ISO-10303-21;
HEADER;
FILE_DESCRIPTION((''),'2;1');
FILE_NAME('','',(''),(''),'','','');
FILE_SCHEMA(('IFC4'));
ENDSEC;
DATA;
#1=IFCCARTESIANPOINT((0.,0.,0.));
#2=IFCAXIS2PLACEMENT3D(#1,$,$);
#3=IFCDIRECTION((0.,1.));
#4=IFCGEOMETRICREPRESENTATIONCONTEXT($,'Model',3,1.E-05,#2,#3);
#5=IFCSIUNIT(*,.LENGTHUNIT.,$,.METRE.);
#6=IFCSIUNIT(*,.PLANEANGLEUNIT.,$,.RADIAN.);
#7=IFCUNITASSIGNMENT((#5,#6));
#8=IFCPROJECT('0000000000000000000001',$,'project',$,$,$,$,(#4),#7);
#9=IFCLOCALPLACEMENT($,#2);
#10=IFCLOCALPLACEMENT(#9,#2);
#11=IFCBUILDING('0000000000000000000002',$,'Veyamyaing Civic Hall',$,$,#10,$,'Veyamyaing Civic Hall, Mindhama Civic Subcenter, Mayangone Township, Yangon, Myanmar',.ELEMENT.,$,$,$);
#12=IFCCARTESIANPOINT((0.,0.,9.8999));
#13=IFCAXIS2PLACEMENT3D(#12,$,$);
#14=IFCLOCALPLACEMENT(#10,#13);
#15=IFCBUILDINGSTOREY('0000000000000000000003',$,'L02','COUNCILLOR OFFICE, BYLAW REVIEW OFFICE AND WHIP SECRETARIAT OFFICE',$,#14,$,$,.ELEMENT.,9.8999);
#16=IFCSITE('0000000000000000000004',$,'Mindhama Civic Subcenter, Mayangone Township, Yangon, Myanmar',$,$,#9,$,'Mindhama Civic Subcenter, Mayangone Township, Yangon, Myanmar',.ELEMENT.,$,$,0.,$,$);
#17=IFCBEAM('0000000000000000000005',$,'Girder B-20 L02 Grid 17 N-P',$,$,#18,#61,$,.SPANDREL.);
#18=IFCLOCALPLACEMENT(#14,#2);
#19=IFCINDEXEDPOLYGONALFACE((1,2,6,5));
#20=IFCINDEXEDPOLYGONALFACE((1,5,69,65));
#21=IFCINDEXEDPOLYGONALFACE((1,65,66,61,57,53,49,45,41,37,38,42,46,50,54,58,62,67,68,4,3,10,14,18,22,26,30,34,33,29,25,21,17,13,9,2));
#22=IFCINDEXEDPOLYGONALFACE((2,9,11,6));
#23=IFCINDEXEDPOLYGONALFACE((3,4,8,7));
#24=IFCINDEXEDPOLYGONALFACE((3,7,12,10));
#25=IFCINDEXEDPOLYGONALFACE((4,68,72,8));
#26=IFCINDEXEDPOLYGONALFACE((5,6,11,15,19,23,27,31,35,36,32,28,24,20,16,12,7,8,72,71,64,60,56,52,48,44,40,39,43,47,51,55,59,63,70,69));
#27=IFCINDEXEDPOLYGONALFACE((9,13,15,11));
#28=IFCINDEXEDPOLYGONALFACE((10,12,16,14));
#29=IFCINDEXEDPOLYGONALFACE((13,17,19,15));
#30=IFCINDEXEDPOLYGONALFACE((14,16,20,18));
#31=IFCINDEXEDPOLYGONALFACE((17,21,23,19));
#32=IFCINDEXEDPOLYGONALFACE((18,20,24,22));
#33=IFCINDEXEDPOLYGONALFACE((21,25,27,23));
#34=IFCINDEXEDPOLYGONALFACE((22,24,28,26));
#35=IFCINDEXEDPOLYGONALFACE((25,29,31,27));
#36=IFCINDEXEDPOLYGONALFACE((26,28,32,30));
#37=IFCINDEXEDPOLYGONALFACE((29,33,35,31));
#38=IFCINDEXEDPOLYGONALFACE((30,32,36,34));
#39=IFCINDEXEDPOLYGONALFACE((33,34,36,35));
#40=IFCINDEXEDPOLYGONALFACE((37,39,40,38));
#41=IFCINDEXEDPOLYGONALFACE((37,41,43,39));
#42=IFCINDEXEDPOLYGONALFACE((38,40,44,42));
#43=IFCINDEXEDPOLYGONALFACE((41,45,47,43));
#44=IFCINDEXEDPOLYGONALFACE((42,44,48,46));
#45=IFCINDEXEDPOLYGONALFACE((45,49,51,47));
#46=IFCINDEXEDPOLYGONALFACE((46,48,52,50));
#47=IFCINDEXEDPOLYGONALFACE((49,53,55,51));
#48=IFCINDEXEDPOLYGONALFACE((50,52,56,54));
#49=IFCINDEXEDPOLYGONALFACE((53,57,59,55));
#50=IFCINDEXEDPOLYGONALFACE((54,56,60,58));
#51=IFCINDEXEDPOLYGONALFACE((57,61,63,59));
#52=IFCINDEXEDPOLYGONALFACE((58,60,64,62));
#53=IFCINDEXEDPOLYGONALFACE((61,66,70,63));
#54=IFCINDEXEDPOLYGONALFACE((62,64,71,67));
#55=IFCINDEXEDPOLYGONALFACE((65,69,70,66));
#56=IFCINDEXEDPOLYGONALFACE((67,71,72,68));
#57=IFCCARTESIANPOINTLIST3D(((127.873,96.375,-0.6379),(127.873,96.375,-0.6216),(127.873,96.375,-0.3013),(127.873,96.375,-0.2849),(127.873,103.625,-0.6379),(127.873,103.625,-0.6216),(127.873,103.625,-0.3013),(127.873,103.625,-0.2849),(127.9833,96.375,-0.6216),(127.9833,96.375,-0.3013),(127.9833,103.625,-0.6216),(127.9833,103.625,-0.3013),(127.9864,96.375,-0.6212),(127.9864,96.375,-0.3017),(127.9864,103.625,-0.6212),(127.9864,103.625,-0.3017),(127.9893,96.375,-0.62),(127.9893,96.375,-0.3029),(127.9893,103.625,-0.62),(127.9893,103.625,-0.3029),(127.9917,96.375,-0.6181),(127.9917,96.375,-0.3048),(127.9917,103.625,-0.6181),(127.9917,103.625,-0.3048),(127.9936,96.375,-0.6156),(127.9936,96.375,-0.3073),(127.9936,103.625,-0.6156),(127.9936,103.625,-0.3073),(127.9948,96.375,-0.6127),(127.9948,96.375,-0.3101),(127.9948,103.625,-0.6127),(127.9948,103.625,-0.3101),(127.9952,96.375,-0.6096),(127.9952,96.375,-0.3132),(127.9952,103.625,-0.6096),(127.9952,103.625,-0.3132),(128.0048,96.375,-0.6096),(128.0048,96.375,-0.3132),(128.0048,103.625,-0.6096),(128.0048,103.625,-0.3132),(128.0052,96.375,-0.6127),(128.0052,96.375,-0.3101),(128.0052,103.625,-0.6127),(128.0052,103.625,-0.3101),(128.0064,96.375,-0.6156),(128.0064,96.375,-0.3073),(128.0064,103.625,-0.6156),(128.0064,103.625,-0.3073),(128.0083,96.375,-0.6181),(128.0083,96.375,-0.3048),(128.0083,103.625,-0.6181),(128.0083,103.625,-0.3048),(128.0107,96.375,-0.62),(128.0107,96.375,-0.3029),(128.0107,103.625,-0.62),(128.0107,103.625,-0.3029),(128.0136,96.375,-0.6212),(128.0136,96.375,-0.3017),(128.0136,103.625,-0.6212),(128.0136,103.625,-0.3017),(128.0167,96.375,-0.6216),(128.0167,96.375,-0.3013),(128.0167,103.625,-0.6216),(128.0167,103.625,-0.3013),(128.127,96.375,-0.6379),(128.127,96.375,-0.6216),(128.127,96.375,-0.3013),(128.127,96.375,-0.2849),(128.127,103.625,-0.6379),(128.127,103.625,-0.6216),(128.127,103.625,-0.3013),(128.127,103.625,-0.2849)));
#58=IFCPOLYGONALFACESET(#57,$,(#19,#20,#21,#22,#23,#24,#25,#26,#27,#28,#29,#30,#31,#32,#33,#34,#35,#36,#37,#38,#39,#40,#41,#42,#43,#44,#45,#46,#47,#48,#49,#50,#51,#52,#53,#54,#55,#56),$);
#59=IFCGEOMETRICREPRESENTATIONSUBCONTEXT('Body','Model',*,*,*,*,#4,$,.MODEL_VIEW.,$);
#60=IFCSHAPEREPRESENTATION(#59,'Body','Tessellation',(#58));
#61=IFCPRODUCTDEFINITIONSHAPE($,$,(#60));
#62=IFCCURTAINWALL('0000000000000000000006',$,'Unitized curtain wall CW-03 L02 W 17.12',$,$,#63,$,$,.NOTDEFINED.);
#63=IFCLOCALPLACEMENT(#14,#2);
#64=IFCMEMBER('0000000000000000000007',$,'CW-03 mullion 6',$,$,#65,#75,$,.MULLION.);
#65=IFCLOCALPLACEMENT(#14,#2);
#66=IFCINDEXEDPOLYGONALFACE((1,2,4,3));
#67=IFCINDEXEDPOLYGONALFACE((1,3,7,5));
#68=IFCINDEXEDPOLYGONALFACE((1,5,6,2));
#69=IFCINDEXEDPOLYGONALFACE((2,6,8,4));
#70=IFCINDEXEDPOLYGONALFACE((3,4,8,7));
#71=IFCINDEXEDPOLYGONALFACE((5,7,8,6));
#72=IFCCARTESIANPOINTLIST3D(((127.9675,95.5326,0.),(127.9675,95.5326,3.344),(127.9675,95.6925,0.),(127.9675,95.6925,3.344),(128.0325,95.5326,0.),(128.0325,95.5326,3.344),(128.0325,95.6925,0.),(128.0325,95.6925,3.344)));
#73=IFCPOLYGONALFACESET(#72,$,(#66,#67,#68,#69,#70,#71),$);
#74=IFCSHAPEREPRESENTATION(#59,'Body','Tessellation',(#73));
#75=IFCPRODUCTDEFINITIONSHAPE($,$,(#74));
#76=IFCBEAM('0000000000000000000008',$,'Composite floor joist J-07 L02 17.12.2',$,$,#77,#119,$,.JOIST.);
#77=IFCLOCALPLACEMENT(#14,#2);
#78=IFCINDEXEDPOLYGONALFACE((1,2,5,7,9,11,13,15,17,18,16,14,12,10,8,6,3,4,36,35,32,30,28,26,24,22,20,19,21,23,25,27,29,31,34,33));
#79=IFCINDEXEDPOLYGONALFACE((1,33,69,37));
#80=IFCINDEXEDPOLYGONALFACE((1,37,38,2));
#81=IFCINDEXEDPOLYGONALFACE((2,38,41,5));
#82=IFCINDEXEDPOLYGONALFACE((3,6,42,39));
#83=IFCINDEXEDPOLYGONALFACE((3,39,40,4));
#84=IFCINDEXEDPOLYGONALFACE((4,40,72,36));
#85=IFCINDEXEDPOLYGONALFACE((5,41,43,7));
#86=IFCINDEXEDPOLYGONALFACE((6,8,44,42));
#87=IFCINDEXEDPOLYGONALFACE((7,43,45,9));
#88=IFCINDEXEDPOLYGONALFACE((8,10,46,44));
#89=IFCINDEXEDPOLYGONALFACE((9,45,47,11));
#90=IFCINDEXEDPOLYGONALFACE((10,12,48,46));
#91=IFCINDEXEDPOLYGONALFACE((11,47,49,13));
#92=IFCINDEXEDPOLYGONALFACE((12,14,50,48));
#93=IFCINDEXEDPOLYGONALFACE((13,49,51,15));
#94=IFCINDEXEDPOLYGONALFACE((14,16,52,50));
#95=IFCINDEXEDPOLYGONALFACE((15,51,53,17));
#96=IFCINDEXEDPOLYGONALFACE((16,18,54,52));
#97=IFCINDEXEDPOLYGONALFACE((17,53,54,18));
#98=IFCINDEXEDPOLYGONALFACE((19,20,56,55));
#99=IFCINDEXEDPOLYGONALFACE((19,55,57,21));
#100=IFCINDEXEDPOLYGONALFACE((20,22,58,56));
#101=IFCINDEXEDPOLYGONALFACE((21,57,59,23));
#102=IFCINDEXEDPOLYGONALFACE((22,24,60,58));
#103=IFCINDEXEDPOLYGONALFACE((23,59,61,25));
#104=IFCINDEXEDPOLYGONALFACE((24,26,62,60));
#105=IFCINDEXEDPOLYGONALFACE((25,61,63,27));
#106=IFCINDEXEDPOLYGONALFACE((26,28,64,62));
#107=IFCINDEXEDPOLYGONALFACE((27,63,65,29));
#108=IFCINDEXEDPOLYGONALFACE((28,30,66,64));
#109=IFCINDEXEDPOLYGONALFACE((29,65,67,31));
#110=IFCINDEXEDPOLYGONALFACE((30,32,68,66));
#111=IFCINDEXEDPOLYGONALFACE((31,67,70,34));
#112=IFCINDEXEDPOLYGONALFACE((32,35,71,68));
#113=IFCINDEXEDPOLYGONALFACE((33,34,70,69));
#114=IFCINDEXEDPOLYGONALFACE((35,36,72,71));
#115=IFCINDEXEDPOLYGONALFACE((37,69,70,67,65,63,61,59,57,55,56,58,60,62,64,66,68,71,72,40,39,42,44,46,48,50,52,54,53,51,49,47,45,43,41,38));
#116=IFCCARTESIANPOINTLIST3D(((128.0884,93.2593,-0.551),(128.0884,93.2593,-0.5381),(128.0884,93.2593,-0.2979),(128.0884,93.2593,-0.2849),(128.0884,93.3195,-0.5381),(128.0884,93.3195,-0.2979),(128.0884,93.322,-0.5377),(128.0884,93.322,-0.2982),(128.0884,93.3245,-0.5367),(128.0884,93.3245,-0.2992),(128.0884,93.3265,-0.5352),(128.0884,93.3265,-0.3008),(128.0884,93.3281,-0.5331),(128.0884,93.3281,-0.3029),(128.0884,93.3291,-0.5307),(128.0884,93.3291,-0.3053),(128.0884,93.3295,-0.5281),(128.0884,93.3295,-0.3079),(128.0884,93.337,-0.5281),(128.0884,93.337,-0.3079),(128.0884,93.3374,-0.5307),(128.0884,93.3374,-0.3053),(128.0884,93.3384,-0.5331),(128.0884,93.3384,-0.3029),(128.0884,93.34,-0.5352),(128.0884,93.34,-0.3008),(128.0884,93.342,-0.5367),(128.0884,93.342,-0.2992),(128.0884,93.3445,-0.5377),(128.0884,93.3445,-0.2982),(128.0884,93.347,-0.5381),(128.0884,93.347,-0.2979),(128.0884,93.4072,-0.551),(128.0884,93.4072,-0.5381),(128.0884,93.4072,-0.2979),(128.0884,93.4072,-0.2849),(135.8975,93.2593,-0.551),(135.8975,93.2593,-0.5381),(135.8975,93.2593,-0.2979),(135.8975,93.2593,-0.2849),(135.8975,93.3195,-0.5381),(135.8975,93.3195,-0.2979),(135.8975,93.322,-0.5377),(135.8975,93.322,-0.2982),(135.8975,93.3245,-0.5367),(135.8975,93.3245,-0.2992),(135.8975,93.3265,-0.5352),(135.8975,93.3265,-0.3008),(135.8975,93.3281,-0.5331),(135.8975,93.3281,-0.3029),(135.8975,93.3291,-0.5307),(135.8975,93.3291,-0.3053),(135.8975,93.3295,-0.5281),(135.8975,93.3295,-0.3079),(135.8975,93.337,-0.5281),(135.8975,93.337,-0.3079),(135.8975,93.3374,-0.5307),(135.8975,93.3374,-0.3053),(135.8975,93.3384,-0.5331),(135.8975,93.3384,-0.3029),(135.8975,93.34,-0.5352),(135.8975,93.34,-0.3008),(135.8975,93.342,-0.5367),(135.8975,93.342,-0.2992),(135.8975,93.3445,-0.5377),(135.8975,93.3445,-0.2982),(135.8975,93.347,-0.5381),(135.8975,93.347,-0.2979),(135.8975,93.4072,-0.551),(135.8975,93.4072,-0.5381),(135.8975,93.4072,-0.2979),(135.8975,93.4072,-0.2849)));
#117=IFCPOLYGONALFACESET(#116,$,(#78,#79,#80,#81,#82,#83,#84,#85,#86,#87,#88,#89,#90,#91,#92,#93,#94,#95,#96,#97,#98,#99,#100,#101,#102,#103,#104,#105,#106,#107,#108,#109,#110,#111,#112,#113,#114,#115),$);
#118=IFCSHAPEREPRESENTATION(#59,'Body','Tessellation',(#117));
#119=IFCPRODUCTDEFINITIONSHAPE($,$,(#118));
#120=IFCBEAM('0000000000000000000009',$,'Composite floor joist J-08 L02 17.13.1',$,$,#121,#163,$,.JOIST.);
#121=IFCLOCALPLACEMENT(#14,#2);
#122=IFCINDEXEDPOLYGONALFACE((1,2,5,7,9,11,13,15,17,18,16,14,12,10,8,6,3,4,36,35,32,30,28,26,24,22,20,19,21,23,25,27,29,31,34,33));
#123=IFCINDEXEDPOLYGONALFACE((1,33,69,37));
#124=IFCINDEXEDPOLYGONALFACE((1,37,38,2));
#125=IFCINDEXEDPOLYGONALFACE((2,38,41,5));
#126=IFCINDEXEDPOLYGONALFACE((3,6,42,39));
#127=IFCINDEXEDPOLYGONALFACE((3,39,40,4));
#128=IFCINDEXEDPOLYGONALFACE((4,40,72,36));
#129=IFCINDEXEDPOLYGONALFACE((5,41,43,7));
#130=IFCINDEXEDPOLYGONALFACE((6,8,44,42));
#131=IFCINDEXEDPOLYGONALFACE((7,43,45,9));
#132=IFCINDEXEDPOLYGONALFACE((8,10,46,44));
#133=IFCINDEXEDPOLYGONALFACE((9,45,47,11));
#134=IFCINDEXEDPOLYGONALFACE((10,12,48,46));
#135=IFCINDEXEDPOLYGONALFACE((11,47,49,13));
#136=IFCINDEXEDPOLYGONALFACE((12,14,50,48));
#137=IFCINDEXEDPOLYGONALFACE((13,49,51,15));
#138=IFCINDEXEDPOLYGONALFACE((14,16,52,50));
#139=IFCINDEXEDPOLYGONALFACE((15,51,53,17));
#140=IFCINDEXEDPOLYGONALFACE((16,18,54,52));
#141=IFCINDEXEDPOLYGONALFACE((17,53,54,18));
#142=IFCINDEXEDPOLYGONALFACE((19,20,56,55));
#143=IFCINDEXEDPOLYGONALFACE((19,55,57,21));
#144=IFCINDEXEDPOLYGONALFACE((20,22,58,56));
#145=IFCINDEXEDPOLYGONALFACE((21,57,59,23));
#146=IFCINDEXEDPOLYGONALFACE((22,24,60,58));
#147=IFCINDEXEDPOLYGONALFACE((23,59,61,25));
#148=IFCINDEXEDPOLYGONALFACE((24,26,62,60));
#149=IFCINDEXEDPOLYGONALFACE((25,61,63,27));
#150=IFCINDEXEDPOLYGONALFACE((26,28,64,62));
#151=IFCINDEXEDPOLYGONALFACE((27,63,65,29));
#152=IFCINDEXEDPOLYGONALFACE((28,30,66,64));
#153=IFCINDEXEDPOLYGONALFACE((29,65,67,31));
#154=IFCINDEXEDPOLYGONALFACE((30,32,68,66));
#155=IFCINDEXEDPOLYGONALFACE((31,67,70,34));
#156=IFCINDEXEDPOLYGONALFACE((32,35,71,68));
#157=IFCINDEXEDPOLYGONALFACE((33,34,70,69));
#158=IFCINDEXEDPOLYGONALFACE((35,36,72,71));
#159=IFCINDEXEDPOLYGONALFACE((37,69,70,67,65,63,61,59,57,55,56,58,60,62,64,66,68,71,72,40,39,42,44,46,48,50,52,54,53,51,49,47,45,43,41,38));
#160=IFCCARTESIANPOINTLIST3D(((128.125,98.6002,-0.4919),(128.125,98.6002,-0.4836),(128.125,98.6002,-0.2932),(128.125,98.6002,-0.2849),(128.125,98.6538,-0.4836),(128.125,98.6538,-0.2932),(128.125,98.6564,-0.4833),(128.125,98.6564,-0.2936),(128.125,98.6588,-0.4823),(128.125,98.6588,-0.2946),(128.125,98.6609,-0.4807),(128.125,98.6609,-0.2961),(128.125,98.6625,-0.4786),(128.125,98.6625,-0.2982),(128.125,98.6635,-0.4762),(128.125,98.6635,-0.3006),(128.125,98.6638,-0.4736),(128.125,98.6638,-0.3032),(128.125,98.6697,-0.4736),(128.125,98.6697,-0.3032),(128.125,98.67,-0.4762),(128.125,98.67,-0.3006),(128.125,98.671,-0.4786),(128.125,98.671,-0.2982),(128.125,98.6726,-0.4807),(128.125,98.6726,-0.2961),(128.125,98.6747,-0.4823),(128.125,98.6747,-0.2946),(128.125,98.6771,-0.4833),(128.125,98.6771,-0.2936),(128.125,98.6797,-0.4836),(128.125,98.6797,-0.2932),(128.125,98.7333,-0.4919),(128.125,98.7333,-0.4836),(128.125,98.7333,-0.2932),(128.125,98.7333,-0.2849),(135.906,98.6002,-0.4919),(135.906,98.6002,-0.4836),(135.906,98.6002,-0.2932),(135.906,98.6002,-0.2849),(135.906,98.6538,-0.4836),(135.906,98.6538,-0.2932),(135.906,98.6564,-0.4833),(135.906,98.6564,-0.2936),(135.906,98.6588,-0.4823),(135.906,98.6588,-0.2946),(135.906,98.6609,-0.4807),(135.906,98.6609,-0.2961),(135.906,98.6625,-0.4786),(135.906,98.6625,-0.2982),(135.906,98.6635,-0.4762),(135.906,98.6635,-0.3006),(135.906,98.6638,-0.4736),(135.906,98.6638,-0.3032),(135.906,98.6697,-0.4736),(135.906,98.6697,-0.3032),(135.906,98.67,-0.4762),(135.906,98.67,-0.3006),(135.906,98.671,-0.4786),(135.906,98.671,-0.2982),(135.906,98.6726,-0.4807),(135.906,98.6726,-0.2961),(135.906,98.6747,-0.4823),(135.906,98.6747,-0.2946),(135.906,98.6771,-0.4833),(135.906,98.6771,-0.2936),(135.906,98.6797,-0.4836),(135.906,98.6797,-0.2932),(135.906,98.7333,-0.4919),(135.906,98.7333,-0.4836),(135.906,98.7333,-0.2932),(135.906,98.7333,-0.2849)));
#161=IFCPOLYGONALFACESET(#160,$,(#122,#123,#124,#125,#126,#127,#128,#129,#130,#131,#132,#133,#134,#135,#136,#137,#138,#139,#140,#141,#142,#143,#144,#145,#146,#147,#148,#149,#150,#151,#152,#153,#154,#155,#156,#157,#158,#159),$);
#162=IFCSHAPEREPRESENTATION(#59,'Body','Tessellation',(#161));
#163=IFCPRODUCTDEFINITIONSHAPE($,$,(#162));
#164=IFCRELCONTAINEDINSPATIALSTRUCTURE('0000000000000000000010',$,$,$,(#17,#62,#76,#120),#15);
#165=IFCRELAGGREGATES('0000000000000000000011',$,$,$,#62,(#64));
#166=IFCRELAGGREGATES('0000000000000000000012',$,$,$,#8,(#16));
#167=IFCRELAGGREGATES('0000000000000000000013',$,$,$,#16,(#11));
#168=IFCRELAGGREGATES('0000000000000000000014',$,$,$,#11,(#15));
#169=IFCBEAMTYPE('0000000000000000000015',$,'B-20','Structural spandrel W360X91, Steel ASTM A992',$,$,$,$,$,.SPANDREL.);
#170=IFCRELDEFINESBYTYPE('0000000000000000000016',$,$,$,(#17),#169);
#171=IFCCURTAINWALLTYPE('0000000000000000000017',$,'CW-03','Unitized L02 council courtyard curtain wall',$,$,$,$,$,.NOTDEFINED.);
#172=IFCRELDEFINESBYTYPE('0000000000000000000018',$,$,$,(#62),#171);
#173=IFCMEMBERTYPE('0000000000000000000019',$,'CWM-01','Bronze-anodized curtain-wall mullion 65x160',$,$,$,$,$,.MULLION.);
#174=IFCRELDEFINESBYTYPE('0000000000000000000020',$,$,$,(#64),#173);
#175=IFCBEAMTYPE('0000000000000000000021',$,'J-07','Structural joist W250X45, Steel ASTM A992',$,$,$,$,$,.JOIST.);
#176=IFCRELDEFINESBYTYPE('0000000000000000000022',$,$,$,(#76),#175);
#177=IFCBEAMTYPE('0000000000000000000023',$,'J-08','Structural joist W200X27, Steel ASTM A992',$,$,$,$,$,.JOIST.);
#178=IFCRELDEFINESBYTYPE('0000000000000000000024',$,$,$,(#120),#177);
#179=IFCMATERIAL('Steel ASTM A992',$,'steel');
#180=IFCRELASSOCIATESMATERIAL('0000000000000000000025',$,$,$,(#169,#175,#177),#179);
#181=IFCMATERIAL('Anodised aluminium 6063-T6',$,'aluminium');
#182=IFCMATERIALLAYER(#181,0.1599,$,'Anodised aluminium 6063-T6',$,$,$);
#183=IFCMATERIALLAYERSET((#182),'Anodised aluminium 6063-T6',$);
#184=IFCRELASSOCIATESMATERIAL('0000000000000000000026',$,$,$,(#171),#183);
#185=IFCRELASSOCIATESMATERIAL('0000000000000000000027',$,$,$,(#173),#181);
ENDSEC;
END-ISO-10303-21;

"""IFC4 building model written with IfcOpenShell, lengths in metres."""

from ifc_helpers import new_model, si_unit, direction, frame, origin, origin_2d, place, context, subcontext, project, spatial, rectangle, i_section, extrude, material, layer, layer_set, material_profile, profile_set, type_object, element, aggregate, save


model = new_model("IFC4")

# Units and contexts
model_context = context("Model", 3, precision=1e-05, world=origin(), true_north=direction((0.0, 1.0)))
body_context = subcontext(model_context, "Body", "Model", "MODEL_VIEW")
ifc_project = project(units=[si_unit("LENGTHUNIT", "METRE"), si_unit("PLANEANGLEUNIT", "RADIAN")], contexts=[model_context])

# Site, building, storey
site_placement = place(None, origin())
site = spatial("IfcSite", under=ifc_project, at=site_placement, Name="Mindhama Civic Subcenter, Mayangone Township, Yangon, Myanmar", LongName="Mindhama Civic Subcenter, Mayangone Township, Yangon, Myanmar", CompositionType="ELEMENT", RefElevation=0.0)
building_placement = place(site_placement, origin())
building = spatial("IfcBuilding", under=site, at=building_placement, Name="Veyamyaing Civic Hall", LongName="Veyamyaing Civic Hall, Mindhama Civic Subcenter, Mayangone Township, Yangon, Myanmar", CompositionType="ELEMENT")
storey_placement = place(building_placement, frame((0.0, 0.0, 9.8999)))
storey = spatial("IfcBuildingStorey", under=building, at=storey_placement, Name="L02", Description="COUNCILLOR OFFICE, BYLAW REVIEW OFFICE AND WHIP SECRETARIAT OFFICE", CompositionType="ELEMENT", Elevation=9.8999)

# Beam
ifc_material_1 = material(Name="Steel ASTM A992", Category="steel")
ifc_material_profile_1 = material_profile(ifc_material_1, i_section(OverallWidth=0.2539, OverallDepth=0.353, WebThickness=0.0095, FlangeThickness=0.0164, FilletRadius=0.012, at=origin_2d()), Name="W360X91")
ifc_profile_set_1 = profile_set([ifc_material_profile_1], Name="Steel ASTM A992")
beam_type_1 = type_object("IfcBeamType", Name="B-20", Description="Structural spandrel W360X91, Steel ASTM A992", PredefinedType="SPANDREL", material=ifc_profile_set_1)
beam_1_placement = place(storey_placement, frame((128.0, 96.375, -0.4614), z_axis=(0.0, 1.0, 0.0), x_axis=(-1.0, 0.0, 0.0)))
element("IfcBeam", 1, at=beam_1_placement, inside=storey, type_object=beam_type_1, Name="Girder B-20 L02 Grid 17 N-P", PredefinedType="SPANDREL", context=body_context, shape_type="SweptSolid", body=[
    extrude(i_section(OverallWidth=0.2539, OverallDepth=0.353, WebThickness=0.0095, FlangeThickness=0.0164, FilletRadius=0.012, at=origin_2d()), origin(), (0.0, 0.0, 1.0), 7.25),
])

# Curtain wall, member
ifc_material_2 = material(Name="Anodised aluminium 6063-T6", Category="aluminium")
ifc_layer_1 = layer(ifc_material_2, 0.1599, Name="Anodised aluminium 6063-T6")
ifc_layer_set_1 = layer_set([ifc_layer_1], Name="Anodised aluminium 6063-T6")
curtain_wall_type = type_object("IfcCurtainWallType", Name="CW-03", Description="Unitized L02 council courtyard curtain wall", PredefinedType="NOTDEFINED", material=ifc_layer_set_1)
curtain_wall_placement = place(storey_placement, origin())
curtain_wall = element("IfcCurtainWall", 2, at=curtain_wall_placement, inside=storey, type_object=curtain_wall_type, Name="Unitized curtain wall CW-03 L02 W 17.12", PredefinedType="NOTDEFINED")
ifc_material_profile_2 = material_profile(ifc_material_2, rectangle(XDim=0.0649, YDim=0.1599, at=origin_2d()), Name="ALU-MUL-65X160")
ifc_profile_set_2 = profile_set([ifc_material_profile_2], Name="Anodised aluminium 6063-T6")
member_type = type_object("IfcMemberType", Name="CWM-01", Description="Bronze-anodized curtain-wall mullion 65x160", PredefinedType="MULLION", material=ifc_profile_set_2)
member_placement = place(storey_placement, frame((128.0, 95.6125, 0.0), z_axis=(0.0, 0.0, 1.0), x_axis=(-1.0, 0.0, 0.0)))
member = element("IfcMember", 3, at=member_placement, type_object=member_type, Name="CW-03 mullion 6", PredefinedType="MULLION", context=body_context, shape_type="SweptSolid", body=[
    extrude(rectangle(XDim=0.0649, YDim=0.1599, at=origin_2d()), origin(), (0.0, 0.0, 1.0), 3.344),
])
aggregate(curtain_wall, [member])

# Beams
ifc_material_profile_3 = material_profile(ifc_material_1, i_section(OverallWidth=0.1479, OverallDepth=0.2661, WebThickness=0.0076, FlangeThickness=0.0129, FilletRadius=0.01, at=origin_2d()), Name="W250X45")
ifc_profile_set_3 = profile_set([ifc_material_profile_3], Name="Steel ASTM A992")
beam_type_2 = type_object("IfcBeamType", Name="J-07", Description="Structural joist W250X45, Steel ASTM A992", PredefinedType="JOIST", material=ifc_profile_set_3)
beam_2_placement = place(storey_placement, frame((128.0884, 93.3333, -0.418), z_axis=(1.0, 0.0, 0.0), x_axis=(0.0, 1.0, 0.0)))
element("IfcBeam", 4, at=beam_2_placement, inside=storey, type_object=beam_type_2, Name="Composite floor joist J-07 L02 17.12.2", PredefinedType="JOIST", context=body_context, shape_type="SweptSolid", body=[
    extrude(i_section(OverallWidth=0.1479, OverallDepth=0.2661, WebThickness=0.0076, FlangeThickness=0.0129, FilletRadius=0.01, at=origin_2d()), origin(), (0.0, 0.0, 1.0), 7.8091),
])
ifc_material_profile_4 = material_profile(ifc_material_1, i_section(OverallWidth=0.1331, OverallDepth=0.207, WebThickness=0.0059, FlangeThickness=0.0083, FilletRadius=0.01, at=origin_2d()), Name="W200X27")
ifc_profile_set_4 = profile_set([ifc_material_profile_4], Name="Steel ASTM A992")
beam_type_3 = type_object("IfcBeamType", Name="J-08", Description="Structural joist W200X27, Steel ASTM A992", PredefinedType="JOIST", material=ifc_profile_set_4)
beam_3_placement = place(storey_placement, frame((128.125, 98.6667, -0.3884), z_axis=(1.0, 0.0, 0.0), x_axis=(0.0, 1.0, 0.0)))
element("IfcBeam", 5, at=beam_3_placement, inside=storey, type_object=beam_type_3, Name="Composite floor joist J-08 L02 17.13.1", PredefinedType="JOIST", context=body_context, shape_type="SweptSolid", body=[
    extrude(i_section(OverallWidth=0.1331, OverallDepth=0.207, WebThickness=0.0059, FlangeThickness=0.0083, FilletRadius=0.01, at=origin_2d()), origin(), (0.0, 0.0, 1.0), 7.781),
])

save(model, "model.ifc")
